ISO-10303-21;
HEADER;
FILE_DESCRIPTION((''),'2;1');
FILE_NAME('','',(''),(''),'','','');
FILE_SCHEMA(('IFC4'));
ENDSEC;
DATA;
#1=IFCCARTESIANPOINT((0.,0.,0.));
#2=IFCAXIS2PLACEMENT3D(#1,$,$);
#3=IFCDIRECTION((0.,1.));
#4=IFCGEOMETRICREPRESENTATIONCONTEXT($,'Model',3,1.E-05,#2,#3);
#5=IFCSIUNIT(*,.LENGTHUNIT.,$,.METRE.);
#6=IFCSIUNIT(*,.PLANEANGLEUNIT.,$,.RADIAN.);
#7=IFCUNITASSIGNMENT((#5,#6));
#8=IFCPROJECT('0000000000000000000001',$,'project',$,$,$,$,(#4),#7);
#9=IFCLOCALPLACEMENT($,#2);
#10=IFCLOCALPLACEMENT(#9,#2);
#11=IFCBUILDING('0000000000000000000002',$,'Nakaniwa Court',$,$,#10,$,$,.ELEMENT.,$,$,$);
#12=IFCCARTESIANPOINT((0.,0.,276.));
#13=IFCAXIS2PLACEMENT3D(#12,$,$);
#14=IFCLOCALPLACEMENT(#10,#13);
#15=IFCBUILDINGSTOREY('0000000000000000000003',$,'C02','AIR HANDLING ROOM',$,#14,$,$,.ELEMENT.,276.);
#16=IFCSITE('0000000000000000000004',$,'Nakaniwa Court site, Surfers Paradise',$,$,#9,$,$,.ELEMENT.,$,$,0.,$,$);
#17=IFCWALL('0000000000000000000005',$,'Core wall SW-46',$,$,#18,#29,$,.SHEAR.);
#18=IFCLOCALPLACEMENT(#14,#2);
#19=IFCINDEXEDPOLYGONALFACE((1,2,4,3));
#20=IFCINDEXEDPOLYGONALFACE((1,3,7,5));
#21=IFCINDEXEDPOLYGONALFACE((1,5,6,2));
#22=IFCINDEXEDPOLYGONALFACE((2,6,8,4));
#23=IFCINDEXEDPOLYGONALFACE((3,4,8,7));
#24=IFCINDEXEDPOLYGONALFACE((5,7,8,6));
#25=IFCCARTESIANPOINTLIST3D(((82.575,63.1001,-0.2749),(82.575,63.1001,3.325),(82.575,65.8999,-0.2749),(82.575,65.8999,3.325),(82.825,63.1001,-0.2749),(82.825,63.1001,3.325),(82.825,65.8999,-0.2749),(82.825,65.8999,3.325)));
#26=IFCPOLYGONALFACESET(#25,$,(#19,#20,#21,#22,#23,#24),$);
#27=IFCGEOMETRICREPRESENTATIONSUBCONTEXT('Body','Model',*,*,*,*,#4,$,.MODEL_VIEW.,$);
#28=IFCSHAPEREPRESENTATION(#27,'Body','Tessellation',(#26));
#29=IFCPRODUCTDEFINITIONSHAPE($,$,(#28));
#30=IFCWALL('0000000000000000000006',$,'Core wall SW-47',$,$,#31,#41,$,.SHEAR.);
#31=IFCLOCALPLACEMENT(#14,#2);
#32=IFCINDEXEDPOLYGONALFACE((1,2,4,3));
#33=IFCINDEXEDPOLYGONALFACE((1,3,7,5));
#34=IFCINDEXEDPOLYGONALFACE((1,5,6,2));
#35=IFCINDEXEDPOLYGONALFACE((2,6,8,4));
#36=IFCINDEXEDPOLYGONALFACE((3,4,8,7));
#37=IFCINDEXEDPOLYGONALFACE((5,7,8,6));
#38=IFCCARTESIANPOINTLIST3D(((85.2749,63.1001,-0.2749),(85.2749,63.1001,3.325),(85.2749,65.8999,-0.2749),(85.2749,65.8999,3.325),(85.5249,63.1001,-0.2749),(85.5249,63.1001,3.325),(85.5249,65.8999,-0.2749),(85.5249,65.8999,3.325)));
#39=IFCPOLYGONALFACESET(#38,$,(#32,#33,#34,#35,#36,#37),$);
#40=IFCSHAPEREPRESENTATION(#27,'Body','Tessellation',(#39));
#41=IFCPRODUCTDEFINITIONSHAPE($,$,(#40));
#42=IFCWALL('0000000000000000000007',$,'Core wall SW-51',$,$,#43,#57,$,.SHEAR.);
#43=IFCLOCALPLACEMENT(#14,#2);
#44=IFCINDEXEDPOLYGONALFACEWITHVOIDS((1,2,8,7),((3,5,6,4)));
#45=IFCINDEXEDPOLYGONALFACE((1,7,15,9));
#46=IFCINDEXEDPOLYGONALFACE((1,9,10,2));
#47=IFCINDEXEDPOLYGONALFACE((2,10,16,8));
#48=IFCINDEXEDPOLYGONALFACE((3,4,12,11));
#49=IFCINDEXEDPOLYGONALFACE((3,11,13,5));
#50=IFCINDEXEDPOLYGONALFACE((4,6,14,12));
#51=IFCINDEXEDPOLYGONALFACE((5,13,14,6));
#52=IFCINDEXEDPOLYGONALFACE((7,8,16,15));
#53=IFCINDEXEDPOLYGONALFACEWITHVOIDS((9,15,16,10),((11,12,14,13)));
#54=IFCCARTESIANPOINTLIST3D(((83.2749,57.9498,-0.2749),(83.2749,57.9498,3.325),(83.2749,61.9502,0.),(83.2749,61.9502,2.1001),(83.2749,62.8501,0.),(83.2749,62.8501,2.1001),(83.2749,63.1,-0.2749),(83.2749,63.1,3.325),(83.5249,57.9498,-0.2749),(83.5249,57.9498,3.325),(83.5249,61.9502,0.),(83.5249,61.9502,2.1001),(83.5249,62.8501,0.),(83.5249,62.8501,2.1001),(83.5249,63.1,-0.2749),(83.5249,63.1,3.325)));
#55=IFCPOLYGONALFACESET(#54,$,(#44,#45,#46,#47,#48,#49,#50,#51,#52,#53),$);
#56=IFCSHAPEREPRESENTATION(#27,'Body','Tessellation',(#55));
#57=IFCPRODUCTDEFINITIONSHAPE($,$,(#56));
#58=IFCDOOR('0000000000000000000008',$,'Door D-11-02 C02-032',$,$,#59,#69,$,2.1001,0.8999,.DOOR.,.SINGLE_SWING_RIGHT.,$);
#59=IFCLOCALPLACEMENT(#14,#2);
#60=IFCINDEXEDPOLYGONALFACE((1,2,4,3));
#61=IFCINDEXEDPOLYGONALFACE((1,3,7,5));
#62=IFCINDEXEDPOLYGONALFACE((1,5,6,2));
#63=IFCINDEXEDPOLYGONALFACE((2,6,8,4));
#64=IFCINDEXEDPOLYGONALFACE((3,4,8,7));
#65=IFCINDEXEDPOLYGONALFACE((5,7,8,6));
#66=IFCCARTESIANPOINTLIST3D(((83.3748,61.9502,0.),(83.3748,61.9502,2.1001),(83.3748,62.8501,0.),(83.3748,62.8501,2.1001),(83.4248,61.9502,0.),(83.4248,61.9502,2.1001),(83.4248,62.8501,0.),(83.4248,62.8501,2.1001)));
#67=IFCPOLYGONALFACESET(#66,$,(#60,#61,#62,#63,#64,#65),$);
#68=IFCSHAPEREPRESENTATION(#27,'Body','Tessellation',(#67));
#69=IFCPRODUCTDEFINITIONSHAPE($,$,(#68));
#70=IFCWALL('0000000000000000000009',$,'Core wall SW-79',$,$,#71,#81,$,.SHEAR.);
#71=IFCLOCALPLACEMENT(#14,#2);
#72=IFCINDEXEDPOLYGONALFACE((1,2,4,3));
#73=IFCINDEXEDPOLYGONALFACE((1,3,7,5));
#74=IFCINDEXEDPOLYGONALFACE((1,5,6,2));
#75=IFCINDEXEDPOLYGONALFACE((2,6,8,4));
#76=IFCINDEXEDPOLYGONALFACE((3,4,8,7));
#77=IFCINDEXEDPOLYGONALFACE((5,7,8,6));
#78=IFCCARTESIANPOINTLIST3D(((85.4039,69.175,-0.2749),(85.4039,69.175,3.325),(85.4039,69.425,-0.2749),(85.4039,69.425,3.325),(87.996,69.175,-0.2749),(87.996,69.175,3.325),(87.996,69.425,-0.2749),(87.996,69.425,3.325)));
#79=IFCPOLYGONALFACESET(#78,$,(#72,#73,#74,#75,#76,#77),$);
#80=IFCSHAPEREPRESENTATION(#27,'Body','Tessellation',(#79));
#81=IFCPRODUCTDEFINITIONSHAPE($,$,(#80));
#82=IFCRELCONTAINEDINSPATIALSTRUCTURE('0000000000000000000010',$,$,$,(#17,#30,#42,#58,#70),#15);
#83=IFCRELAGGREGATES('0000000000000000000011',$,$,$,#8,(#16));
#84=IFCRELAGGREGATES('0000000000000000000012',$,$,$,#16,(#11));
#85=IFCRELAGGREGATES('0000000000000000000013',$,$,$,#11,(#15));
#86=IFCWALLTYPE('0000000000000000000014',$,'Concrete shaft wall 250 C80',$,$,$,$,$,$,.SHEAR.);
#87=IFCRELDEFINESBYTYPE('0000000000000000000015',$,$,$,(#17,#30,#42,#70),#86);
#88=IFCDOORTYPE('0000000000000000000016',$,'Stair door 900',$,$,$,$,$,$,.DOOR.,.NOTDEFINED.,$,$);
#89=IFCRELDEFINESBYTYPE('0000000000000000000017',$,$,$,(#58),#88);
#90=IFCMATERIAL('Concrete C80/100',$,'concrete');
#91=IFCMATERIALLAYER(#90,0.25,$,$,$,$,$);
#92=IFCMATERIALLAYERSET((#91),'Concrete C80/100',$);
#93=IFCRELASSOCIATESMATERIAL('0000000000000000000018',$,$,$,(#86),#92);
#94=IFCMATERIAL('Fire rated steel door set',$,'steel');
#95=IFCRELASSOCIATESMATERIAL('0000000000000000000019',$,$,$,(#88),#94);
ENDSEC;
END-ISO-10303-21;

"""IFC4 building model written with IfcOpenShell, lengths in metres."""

from ifc_helpers import new_model, si_unit, direction, frame, frame_2d, origin, place, context, subcontext, project, spatial, rectangle, extrude, material, layer, layer_set, type_object, element, fill, save


model = new_model("IFC4")

# Units and contexts
model_context = context("Model", 3, precision=1e-05, world=origin(), true_north=direction((0.0, 1.0)))
body_context = subcontext(model_context, "Body", "Model", "MODEL_VIEW")
ifc_project = project(units=[si_unit("LENGTHUNIT", "METRE"), si_unit("PLANEANGLEUNIT", "RADIAN")], contexts=[model_context])

# Site, building, storey
site_placement = place(None, origin())
site = spatial("IfcSite", under=ifc_project, at=site_placement, Name="Nakaniwa Court site, Surfers Paradise", CompositionType="ELEMENT", RefElevation=0.0)
building_placement = place(site_placement, origin())
building = spatial("IfcBuilding", under=site, at=building_placement, Name="Nakaniwa Court", CompositionType="ELEMENT")
storey_placement = place(building_placement, frame((0.0, 0.0, 276.0)))
storey = spatial("IfcBuildingStorey", under=building, at=storey_placement, Name="C02", Description="AIR HANDLING ROOM", CompositionType="ELEMENT", Elevation=276.0)

# Shared definitions
ifc_material_1 = material(Name="Fire rated steel door set", Category="steel")

# Shared definitions
ifc_material_2 = material(Name="Concrete C80/100", Category="concrete")

# Shared definitions
ifc_layer_1 = layer(ifc_material_2, 0.25)
ifc_layer_set_1 = layer_set([ifc_layer_1], Name="Concrete C80/100")
wall_type_1 = type_object("IfcWallType", Name="Concrete shaft wall 250 C80", PredefinedType="SHEAR", material=ifc_layer_set_1)

# Walls
for number, where, z_axis, x_axis, name in (
    (1, (82.7, 63.1001, -0.2749), (0.0, 0.0, 1.0), (0.0, 1.0, 0.0), "Core wall SW-46"),
    (2, (85.3999, 63.1001, -0.2749), (0.0, 0.0, 1.0), (0.0, 1.0, 0.0), "Core wall SW-47"),
):
    element("IfcWall", number, at=place(storey_placement, frame(where, z_axis=z_axis, x_axis=x_axis)), inside=storey, type_object=wall_type_1, Name=name, PredefinedType="SHEAR", context=body_context, shape_type="SweptSolid", body=[
        extrude(rectangle(XDim=2.7998, YDim=0.25, at=frame_2d((1.3999, 0.0))), origin(), (0.0, 0.0, 1.0), 3.5999),
    ])

# Wall, opening, door
wall_1_placement = place(storey_placement, frame((83.3999, 63.1001, -0.2749), z_axis=(0.0, 0.0, 1.0), x_axis=(0.0, -1.0, 0.0)))
wall_1 = element("IfcWall", 3, at=wall_1_placement, inside=storey, type_object=wall_type_1, Name="Core wall SW-51", PredefinedType="SHEAR", context=body_context, shape_type="SweptSolid", body=[
    extrude(rectangle(XDim=5.1501, YDim=0.25, at=frame_2d((2.5752, 0.0))), origin(), (0.0, 0.0, 1.0), 3.5999),
])
opening_1_placement = place(wall_1_placement, frame((0.25, 0.0, 0.2749)))
opening_1 = element("IfcOpeningElement", 4, at=opening_1_placement, cuts=wall_1, PredefinedType="OPENING", context=body_context, shape_type="SweptSolid", body=[
    extrude(rectangle(XDim=0.8999, YDim=2.1001, at=frame_2d((0.45, 1.05))), frame((0.0, 0.135, 0.0), z_axis=(0.0, -1.0, 0.0), x_axis=(1.0, 0.0, 0.0)), (0.0, 0.0, 1.0), 0.27),
])
door_type_1 = type_object("IfcDoorType", Name="Stair door 900", OperationType="NOTDEFINED", PredefinedType="DOOR", material=ifc_material_1)
door_1_placement = place(opening_1_placement, origin())
door_1 = element("IfcDoor", 5, at=door_1_placement, inside=storey, type_object=door_type_1, Name="Door D-11-02 C02-032", OperationType="SINGLE_SWING_RIGHT", OverallHeight=2.1001, OverallWidth=0.8999, PredefinedType="DOOR", context=body_context, shape_type="SweptSolid", body=[
    extrude(rectangle(XDim=0.8999, YDim=2.1001, at=frame_2d((0.45, 1.05))), frame((0.0, 0.0249, 0.0), z_axis=(0.0, -1.0, 0.0), x_axis=(1.0, 0.0, 0.0)), (0.0, 0.0, 1.0), 0.05),
])
fill(opening_1, door_1)

# Wall
wall_2_placement = place(storey_placement, frame((85.4041, 69.3, -0.2749), z_axis=(0.0, 0.0, 1.0), x_axis=(1.0, 0.0, 0.0)))
element("IfcWall", 6, at=wall_2_placement, inside=storey, type_object=wall_type_1, Name="Core wall SW-79", PredefinedType="SHEAR", context=body_context, shape_type="SweptSolid", body=[
    extrude(rectangle(XDim=2.592, YDim=0.25, at=frame_2d((1.2959, 0.0))), origin(), (0.0, 0.0, 1.0), 3.5999),
])

save(model, "model.ifc")
